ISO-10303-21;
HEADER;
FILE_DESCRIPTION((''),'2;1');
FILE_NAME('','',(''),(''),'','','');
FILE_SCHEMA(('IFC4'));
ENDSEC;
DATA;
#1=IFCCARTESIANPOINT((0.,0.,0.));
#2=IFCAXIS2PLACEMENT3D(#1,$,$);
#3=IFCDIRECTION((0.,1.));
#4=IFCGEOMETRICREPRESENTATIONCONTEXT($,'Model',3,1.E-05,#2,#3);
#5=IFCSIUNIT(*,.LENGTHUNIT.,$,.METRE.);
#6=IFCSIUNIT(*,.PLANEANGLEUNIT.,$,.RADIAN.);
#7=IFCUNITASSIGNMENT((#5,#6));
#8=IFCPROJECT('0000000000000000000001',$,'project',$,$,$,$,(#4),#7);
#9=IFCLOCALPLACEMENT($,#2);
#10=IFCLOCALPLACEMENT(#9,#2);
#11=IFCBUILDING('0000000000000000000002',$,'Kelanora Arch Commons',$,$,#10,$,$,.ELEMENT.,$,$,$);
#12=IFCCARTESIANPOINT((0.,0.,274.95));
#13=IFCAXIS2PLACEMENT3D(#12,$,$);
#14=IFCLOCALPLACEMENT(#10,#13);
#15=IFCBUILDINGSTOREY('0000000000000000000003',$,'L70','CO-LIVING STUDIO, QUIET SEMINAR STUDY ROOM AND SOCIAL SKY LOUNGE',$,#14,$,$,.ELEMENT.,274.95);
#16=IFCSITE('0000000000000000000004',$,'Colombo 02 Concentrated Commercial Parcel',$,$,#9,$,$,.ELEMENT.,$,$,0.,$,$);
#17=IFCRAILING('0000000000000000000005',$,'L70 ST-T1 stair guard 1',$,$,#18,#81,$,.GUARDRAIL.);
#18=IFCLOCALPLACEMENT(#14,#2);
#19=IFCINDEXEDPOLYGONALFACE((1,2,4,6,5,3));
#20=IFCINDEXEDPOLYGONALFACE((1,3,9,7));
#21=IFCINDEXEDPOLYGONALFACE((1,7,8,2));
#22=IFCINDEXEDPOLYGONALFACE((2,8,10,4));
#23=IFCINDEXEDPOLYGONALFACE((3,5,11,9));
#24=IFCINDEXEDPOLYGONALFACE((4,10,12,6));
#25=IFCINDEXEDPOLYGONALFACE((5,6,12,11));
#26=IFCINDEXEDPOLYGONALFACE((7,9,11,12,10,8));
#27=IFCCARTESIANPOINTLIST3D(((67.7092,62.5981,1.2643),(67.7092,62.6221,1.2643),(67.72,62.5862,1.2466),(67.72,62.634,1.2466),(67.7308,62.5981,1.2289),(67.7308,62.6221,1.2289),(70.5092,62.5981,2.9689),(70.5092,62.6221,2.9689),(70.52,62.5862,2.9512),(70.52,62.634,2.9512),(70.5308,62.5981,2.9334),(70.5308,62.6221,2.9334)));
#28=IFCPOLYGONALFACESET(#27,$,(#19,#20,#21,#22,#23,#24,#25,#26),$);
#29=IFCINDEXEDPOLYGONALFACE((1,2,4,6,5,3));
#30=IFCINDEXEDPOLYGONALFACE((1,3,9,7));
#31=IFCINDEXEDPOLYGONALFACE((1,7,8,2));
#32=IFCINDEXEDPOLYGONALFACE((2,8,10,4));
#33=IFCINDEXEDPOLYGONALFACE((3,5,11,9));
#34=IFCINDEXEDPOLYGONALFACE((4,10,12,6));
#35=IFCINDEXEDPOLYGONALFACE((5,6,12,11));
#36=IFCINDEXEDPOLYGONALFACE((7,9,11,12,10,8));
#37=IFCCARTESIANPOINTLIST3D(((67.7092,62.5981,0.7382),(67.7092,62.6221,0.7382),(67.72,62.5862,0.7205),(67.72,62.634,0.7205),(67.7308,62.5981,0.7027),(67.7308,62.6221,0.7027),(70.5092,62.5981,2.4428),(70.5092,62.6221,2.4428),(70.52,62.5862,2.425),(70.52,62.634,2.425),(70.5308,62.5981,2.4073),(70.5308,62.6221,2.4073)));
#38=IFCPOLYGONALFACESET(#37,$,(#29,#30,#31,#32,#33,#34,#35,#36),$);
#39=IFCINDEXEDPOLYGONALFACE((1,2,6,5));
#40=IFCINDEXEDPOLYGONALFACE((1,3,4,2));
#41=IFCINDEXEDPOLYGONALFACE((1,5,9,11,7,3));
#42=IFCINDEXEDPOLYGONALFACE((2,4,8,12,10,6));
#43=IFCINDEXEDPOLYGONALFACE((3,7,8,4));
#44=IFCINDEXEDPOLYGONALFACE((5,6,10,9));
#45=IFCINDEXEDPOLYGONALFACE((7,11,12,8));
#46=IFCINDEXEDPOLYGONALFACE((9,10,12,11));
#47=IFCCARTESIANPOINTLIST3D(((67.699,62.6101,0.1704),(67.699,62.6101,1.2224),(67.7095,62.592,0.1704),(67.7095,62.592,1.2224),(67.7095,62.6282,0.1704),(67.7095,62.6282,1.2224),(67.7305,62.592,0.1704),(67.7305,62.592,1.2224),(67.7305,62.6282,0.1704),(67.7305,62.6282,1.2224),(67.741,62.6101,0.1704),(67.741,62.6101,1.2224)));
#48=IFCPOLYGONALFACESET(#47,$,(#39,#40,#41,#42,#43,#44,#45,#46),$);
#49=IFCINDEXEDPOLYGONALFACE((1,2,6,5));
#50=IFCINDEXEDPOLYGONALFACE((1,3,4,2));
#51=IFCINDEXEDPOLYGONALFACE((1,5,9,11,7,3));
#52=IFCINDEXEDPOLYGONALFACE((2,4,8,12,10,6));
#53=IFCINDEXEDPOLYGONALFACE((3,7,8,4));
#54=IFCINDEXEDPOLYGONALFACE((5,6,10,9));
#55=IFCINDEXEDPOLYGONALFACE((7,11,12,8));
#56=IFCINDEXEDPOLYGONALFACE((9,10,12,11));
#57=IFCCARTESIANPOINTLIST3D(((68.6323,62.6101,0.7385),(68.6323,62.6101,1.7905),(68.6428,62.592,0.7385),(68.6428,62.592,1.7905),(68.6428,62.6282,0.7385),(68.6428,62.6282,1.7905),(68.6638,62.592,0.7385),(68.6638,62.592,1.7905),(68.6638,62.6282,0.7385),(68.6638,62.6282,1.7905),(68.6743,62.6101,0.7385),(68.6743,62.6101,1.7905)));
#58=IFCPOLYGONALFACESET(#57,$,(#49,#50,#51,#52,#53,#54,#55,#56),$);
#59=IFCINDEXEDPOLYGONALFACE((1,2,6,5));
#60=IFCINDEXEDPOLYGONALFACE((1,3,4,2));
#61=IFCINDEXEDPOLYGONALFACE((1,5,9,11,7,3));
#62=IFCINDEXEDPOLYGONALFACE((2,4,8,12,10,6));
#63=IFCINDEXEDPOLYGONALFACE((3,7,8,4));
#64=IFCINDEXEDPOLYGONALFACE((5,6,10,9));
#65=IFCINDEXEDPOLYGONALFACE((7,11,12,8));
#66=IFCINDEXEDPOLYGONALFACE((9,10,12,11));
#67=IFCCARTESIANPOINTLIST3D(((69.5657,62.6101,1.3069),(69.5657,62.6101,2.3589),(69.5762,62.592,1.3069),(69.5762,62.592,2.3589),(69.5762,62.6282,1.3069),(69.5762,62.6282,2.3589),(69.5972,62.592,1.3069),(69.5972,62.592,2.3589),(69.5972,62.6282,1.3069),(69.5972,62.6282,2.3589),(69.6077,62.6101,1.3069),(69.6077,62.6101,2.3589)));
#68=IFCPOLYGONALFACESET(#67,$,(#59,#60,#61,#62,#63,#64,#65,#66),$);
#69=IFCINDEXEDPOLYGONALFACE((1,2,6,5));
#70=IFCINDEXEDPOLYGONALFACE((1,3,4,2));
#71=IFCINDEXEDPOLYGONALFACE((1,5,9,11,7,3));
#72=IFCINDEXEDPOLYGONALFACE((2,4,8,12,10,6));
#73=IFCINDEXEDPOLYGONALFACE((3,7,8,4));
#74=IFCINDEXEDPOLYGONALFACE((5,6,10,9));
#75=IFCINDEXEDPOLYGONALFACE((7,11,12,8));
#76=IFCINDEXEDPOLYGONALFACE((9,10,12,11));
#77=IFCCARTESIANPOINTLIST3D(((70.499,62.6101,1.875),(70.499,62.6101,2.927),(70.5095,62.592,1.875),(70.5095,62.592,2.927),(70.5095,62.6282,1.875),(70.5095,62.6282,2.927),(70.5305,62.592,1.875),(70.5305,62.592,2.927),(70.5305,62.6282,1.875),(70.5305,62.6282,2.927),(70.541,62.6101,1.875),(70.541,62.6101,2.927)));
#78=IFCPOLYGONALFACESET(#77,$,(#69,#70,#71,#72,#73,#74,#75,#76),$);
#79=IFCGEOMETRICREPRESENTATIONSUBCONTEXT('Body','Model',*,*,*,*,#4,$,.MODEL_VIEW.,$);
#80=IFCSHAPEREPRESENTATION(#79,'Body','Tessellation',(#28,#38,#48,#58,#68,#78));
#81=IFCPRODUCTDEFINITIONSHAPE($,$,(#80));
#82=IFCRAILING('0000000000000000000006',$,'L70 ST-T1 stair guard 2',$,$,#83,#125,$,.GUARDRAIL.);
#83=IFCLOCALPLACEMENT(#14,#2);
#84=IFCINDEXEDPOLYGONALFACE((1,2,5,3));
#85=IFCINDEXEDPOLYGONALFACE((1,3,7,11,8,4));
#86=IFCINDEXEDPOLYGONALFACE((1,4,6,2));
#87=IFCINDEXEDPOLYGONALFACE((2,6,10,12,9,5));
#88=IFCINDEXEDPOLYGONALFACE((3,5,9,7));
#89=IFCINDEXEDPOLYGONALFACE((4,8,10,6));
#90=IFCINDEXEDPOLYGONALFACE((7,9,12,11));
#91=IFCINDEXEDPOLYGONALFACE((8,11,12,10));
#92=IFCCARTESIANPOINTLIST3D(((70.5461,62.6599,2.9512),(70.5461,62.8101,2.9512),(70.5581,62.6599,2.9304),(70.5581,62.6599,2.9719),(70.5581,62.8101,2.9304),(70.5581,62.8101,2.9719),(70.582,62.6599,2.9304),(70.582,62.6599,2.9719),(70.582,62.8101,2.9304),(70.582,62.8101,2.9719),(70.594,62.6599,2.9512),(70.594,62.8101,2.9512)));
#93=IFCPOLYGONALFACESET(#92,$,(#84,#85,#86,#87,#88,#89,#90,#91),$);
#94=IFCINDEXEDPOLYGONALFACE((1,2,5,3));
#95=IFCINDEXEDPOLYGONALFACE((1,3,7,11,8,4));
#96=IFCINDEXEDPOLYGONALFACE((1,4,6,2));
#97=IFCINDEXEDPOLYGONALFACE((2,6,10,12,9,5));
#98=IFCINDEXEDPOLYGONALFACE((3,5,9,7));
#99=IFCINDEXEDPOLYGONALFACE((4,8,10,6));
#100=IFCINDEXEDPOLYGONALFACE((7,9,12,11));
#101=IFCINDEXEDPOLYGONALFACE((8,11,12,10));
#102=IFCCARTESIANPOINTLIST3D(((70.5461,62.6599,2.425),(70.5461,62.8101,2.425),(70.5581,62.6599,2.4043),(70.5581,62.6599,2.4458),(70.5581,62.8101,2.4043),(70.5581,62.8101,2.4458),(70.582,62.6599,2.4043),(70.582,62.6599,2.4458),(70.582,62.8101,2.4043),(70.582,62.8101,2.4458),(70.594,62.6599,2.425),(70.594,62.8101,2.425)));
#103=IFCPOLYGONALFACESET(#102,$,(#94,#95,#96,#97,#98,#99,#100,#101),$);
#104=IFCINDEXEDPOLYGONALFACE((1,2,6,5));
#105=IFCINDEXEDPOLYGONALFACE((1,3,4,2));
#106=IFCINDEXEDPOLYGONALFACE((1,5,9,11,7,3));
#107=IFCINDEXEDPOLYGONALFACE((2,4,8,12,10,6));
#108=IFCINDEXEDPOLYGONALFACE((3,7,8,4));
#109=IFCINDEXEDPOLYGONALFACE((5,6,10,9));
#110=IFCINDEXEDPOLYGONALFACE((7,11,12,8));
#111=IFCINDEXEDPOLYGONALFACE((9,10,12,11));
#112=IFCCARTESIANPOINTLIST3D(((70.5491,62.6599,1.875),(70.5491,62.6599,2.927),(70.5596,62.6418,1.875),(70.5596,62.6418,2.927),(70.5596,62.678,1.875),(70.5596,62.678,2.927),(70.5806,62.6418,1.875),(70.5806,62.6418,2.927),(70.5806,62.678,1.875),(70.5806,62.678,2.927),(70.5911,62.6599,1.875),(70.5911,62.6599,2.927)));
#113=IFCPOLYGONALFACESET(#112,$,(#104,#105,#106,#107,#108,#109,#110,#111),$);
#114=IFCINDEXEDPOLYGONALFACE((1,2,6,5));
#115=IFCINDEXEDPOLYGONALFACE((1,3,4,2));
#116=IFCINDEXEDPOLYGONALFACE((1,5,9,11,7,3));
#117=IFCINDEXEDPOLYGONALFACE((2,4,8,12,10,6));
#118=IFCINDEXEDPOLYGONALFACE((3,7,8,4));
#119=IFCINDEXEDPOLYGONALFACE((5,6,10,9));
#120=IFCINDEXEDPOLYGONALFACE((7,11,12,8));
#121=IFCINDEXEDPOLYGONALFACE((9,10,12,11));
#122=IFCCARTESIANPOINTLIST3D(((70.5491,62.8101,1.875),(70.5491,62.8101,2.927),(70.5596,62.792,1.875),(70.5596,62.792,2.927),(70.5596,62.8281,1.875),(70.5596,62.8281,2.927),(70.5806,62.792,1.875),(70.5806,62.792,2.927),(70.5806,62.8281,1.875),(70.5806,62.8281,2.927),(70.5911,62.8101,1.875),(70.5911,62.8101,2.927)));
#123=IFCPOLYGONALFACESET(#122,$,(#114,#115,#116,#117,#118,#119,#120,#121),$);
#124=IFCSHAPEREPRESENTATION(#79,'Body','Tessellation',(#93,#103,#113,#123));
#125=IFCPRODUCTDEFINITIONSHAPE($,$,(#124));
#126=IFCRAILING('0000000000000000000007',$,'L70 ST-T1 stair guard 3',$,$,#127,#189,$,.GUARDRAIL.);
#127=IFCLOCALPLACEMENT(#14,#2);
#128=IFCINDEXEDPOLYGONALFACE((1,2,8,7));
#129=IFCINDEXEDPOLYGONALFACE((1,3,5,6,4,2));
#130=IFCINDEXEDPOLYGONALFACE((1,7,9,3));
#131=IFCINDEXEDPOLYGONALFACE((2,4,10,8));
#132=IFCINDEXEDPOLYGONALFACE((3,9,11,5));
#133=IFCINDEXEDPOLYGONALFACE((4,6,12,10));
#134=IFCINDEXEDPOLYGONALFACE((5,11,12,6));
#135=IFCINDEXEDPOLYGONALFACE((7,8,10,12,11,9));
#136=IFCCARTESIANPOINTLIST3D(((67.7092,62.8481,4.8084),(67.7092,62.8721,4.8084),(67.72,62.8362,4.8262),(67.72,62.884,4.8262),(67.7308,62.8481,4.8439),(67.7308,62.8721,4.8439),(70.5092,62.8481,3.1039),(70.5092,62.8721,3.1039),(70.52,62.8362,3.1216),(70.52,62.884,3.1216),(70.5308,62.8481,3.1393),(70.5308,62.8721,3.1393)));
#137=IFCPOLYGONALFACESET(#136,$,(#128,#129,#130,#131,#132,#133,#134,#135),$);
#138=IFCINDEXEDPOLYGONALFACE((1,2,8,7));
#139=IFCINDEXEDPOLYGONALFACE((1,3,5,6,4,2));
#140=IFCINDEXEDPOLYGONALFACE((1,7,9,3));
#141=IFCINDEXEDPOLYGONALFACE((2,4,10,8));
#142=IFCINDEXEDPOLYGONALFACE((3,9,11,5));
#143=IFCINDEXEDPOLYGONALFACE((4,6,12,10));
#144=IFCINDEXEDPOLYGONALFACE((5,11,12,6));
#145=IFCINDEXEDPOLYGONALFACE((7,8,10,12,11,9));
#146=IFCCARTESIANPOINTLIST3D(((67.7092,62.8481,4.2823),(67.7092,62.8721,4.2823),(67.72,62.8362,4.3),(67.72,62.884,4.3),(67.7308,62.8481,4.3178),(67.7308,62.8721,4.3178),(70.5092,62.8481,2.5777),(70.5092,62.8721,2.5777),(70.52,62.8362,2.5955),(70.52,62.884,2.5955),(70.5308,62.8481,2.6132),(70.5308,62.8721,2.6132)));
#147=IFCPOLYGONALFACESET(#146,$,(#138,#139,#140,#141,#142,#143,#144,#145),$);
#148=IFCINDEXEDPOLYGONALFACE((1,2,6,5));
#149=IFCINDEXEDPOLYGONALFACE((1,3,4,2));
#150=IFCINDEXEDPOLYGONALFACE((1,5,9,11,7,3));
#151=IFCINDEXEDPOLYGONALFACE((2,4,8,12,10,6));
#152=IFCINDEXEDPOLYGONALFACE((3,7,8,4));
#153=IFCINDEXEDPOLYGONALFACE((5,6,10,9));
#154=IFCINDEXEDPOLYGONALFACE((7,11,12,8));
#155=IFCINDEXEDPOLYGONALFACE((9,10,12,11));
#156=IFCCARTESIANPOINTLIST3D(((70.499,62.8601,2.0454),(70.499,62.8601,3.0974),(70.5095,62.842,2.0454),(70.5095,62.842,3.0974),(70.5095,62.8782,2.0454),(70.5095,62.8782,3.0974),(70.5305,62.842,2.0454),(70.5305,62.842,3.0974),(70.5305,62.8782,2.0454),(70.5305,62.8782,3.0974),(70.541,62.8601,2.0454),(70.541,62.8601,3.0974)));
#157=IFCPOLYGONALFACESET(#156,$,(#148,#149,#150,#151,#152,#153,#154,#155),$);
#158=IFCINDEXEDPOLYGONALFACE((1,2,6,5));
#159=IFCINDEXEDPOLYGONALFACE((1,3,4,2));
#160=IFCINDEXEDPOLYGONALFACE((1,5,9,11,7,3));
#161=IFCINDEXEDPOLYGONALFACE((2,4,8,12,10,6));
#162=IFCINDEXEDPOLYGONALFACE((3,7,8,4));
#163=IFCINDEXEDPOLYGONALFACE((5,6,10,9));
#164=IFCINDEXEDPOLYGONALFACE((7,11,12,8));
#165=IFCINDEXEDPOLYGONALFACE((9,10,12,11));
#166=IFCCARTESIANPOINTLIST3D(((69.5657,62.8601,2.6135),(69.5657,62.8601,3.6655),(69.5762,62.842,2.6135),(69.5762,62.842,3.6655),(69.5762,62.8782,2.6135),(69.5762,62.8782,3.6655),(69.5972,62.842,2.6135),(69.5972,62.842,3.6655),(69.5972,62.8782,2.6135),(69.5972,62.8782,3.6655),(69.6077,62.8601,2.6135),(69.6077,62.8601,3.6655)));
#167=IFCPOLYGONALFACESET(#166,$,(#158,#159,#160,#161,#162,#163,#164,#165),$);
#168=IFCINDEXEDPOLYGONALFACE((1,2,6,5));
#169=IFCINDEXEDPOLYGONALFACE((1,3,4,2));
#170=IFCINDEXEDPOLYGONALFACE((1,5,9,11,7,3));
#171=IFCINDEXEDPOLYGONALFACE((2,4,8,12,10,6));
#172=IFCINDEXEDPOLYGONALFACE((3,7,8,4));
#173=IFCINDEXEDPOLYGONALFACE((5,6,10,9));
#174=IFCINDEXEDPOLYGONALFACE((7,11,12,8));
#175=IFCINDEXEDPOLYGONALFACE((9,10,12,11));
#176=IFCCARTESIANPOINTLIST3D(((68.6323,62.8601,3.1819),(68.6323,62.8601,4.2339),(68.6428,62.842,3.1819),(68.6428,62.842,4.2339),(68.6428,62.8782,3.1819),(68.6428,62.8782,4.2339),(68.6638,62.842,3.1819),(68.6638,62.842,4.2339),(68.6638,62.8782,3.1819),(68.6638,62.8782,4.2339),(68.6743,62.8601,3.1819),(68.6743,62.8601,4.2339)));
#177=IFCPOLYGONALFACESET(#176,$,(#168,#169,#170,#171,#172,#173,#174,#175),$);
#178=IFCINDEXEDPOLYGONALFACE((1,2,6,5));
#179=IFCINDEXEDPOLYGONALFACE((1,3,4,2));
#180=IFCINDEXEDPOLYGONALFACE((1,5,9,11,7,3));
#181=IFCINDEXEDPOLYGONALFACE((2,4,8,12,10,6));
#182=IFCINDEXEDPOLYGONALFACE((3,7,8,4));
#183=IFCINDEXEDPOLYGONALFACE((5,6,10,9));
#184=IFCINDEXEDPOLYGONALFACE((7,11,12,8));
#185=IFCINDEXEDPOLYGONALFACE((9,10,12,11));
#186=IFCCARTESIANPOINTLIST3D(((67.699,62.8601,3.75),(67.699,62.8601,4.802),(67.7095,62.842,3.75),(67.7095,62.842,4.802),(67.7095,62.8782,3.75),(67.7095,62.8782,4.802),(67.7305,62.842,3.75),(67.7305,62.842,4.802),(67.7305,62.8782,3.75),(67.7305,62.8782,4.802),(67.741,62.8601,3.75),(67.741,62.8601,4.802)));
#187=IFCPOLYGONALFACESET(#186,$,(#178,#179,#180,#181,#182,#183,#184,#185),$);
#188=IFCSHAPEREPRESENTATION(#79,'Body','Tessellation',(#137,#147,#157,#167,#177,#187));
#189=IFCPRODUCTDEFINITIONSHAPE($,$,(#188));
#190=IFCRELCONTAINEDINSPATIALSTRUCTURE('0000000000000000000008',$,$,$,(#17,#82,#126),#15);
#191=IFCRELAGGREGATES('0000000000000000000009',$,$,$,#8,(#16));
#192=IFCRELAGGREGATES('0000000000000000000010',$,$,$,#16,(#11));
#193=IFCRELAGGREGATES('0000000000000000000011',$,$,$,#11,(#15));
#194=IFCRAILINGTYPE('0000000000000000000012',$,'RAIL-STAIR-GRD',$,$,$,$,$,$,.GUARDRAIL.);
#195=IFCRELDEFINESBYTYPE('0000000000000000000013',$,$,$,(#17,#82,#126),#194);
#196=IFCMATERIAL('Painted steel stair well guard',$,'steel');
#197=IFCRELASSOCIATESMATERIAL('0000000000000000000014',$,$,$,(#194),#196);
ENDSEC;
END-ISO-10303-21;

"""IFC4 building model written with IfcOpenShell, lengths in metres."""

from ifc_helpers import new_model, si_unit, direction, frame, origin, place, context, subcontext, project, spatial, polyline, outline, extrude, material, type_object, element, save


model = new_model("IFC4")

# Units and contexts
model_context = context("Model", 3, precision=1e-05, world=origin(), true_north=direction((0.0, 1.0)))
body_context = subcontext(model_context, "Body", "Model", "MODEL_VIEW")
ifc_project = project(units=[si_unit("LENGTHUNIT", "METRE"), si_unit("PLANEANGLEUNIT", "RADIAN")], contexts=[model_context])

# Site, building, storey
site_placement = place(None, origin())
site = spatial("IfcSite", under=ifc_project, at=site_placement, Name="Colombo 02 Concentrated Commercial Parcel", CompositionType="ELEMENT", RefElevation=0.0)
building_placement = place(site_placement, origin())
building = spatial("IfcBuilding", under=site, at=building_placement, Name="Kelanora Arch Commons", CompositionType="ELEMENT")
storey_placement = place(building_placement, frame((0.0, 0.0, 274.95)))
storey = spatial("IfcBuildingStorey", under=building, at=storey_placement, Name="L70", Description="CO-LIVING STUDIO, QUIET SEMINAR STUDY ROOM AND SOCIAL SKY LOUNGE", CompositionType="ELEMENT", Elevation=274.95)

# Railings
ifc_material_1 = material(Name="Painted steel stair well guard", Category="steel")
railing_type_1 = type_object("IfcRailingType", Name="RAIL-STAIR-GRD", PredefinedType="GUARDRAIL", material=ifc_material_1)
railing_1_placement = place(storey_placement, frame((67.72, 62.6101, 0.1704)))
element("IfcRailing", 1, at=railing_1_placement, inside=storey, type_object=railing_type_1, Name="L70 ST-T1 stair guard 1", PredefinedType="GUARDRAIL", context=body_context, shape_type="SweptSolid", body=[
    extrude(outline(polyline([(0.0239, 0.0), (0.012, 0.0208), (-0.012, 0.0208), (-0.0239, 0.0), (-0.012, -0.0208), (0.012, -0.0208), (0.0239, 0.0)])), frame((0.0, 0.0, 1.0762), z_axis=(0.85417, 0.0, 0.519994), x_axis=(0.0, 1.0, 0.0)), (0.0, 0.0, 1.0), 3.2781),
    extrude(outline(polyline([(0.0239, 0.0), (0.012, 0.0208), (-0.012, 0.0208), (-0.0239, 0.0), (-0.012, -0.0208), (0.012, -0.0208), (0.0239, 0.0)])), frame((0.0, 0.0, 0.55), z_axis=(0.85417, 0.0, 0.519994), x_axis=(0.0, 1.0, 0.0)), (0.0, 0.0, 1.0), 3.2781),
    extrude(outline(polyline([(0.021, 0.0), (0.0105, 0.0181), (-0.0105, 0.0181), (-0.021, 0.0), (-0.0105, -0.0181), (0.0105, -0.0181), (0.021, 0.0)])), origin(), (0.0, 0.0, 1.0), 1.052),
    extrude(outline(polyline([(0.021, 0.0), (0.0105, 0.0181), (-0.0105, 0.0181), (-0.021, 0.0), (-0.0105, -0.0181), (0.0105, -0.0181), (0.021, 0.0)])), frame((0.9333, 0.0, 0.5681)), (0.0, 0.0, 1.0), 1.052),
    extrude(outline(polyline([(0.021, 0.0), (0.0105, 0.0181), (-0.0105, 0.0181), (-0.021, 0.0), (-0.0105, -0.0181), (0.0105, -0.0181), (0.021, 0.0)])), frame((1.8667, 0.0, 1.1365)), (0.0, 0.0, 1.0), 1.052),
    extrude(outline(polyline([(0.021, 0.0), (0.0105, 0.0181), (-0.0105, 0.0181), (-0.021, 0.0), (-0.0105, -0.0181), (0.0105, -0.0181), (0.021, 0.0)])), frame((2.8, 0.0, 1.7046)), (0.0, 0.0, 1.0), 1.052),
])
railing_2_placement = place(storey_placement, frame((70.5701, 62.6599, 1.875)))
element("IfcRailing", 2, at=railing_2_placement, inside=storey, type_object=railing_type_1, Name="L70 ST-T1 stair guard 2", PredefinedType="GUARDRAIL", context=body_context, shape_type="SweptSolid", body=[
    extrude(outline(polyline([(0.0239, 0.0), (0.012, 0.0208), (-0.012, 0.0208), (-0.0239, 0.0), (-0.012, -0.0208), (0.012, -0.0208), (0.0239, 0.0)])), frame((0.0, 0.0, 1.0762), z_axis=(0.0, 1.0, 0.0), x_axis=(-1.0, 0.0, 0.0)), (0.0, 0.0, 1.0), 0.1501),
    extrude(outline(polyline([(0.0239, 0.0), (0.012, 0.0208), (-0.012, 0.0208), (-0.0239, 0.0), (-0.012, -0.0208), (0.012, -0.0208), (0.0239, 0.0)])), frame((0.0, 0.0, 0.55), z_axis=(0.0, 1.0, 0.0), x_axis=(-1.0, 0.0, 0.0)), (0.0, 0.0, 1.0), 0.1501),
    extrude(outline(polyline([(0.021, 0.0), (0.0105, 0.0181), (-0.0105, 0.0181), (-0.021, 0.0), (-0.0105, -0.0181), (0.0105, -0.0181), (0.021, 0.0)])), origin(), (0.0, 0.0, 1.0), 1.052),
    extrude(outline(polyline([(0.021, 0.0), (0.0105, 0.0181), (-0.0105, 0.0181), (-0.021, 0.0), (-0.0105, -0.0181), (0.0105, -0.0181), (0.021, 0.0)])), frame((0.0, 0.1501, 0.0)), (0.0, 0.0, 1.0), 1.052),
])
railing_3_placement = place(storey_placement, frame((70.52, 62.8601, 2.0454)))
element("IfcRailing", 3, at=railing_3_placement, inside=storey, type_object=railing_type_1, Name="L70 ST-T1 stair guard 3", PredefinedType="GUARDRAIL", context=body_context, shape_type="SweptSolid", body=[
    extrude(outline(polyline([(0.0239, 0.0), (0.012, 0.0208), (-0.012, 0.0208), (-0.0239, 0.0), (-0.012, -0.0208), (0.012, -0.0208), (0.0239, 0.0)])), frame((0.0, 0.0, 1.0762), z_axis=(-0.85417, 0.0, 0.519994), x_axis=(0.0, -1.0, 0.0)), (0.0, 0.0, 1.0), 3.2781),
    extrude(outline(polyline([(0.0239, 0.0), (0.012, 0.0208), (-0.012, 0.0208), (-0.0239, 0.0), (-0.012, -0.0208), (0.012, -0.0208), (0.0239, 0.0)])), frame((0.0, 0.0, 0.55), z_axis=(-0.85417, 0.0, 0.519994), x_axis=(0.0, -1.0, 0.0)), (0.0, 0.0, 1.0), 3.2781),
    extrude(outline(polyline([(0.021, 0.0), (0.0105, 0.0181), (-0.0105, 0.0181), (-0.021, 0.0), (-0.0105, -0.0181), (0.0105, -0.0181), (0.021, 0.0)])), origin(), (0.0, 0.0, 1.0), 1.052),
    extrude(outline(polyline([(0.021, 0.0), (0.0105, 0.0181), (-0.0105, 0.0181), (-0.021, 0.0), (-0.0105, -0.0181), (0.0105, -0.0181), (0.021, 0.0)])), frame((-0.9333, 0.0, 0.5681)), (0.0, 0.0, 1.0), 1.052),
    extrude(outline(polyline([(0.021, 0.0), (0.0105, 0.0181), (-0.0105, 0.0181), (-0.021, 0.0), (-0.0105, -0.0181), (0.0105, -0.0181), (0.021, 0.0)])), frame((-1.8667, 0.0, 1.1365)), (0.0, 0.0, 1.0), 1.052),
    extrude(outline(polyline([(0.021, 0.0), (0.0105, 0.0181), (-0.0105, 0.0181), (-0.021, 0.0), (-0.0105, -0.0181), (0.0105, -0.0181), (0.021, 0.0)])), frame((-2.8, 0.0, 1.7046)), (0.0, 0.0, 1.0), 1.052),
])

save(model, "model.ifc")
